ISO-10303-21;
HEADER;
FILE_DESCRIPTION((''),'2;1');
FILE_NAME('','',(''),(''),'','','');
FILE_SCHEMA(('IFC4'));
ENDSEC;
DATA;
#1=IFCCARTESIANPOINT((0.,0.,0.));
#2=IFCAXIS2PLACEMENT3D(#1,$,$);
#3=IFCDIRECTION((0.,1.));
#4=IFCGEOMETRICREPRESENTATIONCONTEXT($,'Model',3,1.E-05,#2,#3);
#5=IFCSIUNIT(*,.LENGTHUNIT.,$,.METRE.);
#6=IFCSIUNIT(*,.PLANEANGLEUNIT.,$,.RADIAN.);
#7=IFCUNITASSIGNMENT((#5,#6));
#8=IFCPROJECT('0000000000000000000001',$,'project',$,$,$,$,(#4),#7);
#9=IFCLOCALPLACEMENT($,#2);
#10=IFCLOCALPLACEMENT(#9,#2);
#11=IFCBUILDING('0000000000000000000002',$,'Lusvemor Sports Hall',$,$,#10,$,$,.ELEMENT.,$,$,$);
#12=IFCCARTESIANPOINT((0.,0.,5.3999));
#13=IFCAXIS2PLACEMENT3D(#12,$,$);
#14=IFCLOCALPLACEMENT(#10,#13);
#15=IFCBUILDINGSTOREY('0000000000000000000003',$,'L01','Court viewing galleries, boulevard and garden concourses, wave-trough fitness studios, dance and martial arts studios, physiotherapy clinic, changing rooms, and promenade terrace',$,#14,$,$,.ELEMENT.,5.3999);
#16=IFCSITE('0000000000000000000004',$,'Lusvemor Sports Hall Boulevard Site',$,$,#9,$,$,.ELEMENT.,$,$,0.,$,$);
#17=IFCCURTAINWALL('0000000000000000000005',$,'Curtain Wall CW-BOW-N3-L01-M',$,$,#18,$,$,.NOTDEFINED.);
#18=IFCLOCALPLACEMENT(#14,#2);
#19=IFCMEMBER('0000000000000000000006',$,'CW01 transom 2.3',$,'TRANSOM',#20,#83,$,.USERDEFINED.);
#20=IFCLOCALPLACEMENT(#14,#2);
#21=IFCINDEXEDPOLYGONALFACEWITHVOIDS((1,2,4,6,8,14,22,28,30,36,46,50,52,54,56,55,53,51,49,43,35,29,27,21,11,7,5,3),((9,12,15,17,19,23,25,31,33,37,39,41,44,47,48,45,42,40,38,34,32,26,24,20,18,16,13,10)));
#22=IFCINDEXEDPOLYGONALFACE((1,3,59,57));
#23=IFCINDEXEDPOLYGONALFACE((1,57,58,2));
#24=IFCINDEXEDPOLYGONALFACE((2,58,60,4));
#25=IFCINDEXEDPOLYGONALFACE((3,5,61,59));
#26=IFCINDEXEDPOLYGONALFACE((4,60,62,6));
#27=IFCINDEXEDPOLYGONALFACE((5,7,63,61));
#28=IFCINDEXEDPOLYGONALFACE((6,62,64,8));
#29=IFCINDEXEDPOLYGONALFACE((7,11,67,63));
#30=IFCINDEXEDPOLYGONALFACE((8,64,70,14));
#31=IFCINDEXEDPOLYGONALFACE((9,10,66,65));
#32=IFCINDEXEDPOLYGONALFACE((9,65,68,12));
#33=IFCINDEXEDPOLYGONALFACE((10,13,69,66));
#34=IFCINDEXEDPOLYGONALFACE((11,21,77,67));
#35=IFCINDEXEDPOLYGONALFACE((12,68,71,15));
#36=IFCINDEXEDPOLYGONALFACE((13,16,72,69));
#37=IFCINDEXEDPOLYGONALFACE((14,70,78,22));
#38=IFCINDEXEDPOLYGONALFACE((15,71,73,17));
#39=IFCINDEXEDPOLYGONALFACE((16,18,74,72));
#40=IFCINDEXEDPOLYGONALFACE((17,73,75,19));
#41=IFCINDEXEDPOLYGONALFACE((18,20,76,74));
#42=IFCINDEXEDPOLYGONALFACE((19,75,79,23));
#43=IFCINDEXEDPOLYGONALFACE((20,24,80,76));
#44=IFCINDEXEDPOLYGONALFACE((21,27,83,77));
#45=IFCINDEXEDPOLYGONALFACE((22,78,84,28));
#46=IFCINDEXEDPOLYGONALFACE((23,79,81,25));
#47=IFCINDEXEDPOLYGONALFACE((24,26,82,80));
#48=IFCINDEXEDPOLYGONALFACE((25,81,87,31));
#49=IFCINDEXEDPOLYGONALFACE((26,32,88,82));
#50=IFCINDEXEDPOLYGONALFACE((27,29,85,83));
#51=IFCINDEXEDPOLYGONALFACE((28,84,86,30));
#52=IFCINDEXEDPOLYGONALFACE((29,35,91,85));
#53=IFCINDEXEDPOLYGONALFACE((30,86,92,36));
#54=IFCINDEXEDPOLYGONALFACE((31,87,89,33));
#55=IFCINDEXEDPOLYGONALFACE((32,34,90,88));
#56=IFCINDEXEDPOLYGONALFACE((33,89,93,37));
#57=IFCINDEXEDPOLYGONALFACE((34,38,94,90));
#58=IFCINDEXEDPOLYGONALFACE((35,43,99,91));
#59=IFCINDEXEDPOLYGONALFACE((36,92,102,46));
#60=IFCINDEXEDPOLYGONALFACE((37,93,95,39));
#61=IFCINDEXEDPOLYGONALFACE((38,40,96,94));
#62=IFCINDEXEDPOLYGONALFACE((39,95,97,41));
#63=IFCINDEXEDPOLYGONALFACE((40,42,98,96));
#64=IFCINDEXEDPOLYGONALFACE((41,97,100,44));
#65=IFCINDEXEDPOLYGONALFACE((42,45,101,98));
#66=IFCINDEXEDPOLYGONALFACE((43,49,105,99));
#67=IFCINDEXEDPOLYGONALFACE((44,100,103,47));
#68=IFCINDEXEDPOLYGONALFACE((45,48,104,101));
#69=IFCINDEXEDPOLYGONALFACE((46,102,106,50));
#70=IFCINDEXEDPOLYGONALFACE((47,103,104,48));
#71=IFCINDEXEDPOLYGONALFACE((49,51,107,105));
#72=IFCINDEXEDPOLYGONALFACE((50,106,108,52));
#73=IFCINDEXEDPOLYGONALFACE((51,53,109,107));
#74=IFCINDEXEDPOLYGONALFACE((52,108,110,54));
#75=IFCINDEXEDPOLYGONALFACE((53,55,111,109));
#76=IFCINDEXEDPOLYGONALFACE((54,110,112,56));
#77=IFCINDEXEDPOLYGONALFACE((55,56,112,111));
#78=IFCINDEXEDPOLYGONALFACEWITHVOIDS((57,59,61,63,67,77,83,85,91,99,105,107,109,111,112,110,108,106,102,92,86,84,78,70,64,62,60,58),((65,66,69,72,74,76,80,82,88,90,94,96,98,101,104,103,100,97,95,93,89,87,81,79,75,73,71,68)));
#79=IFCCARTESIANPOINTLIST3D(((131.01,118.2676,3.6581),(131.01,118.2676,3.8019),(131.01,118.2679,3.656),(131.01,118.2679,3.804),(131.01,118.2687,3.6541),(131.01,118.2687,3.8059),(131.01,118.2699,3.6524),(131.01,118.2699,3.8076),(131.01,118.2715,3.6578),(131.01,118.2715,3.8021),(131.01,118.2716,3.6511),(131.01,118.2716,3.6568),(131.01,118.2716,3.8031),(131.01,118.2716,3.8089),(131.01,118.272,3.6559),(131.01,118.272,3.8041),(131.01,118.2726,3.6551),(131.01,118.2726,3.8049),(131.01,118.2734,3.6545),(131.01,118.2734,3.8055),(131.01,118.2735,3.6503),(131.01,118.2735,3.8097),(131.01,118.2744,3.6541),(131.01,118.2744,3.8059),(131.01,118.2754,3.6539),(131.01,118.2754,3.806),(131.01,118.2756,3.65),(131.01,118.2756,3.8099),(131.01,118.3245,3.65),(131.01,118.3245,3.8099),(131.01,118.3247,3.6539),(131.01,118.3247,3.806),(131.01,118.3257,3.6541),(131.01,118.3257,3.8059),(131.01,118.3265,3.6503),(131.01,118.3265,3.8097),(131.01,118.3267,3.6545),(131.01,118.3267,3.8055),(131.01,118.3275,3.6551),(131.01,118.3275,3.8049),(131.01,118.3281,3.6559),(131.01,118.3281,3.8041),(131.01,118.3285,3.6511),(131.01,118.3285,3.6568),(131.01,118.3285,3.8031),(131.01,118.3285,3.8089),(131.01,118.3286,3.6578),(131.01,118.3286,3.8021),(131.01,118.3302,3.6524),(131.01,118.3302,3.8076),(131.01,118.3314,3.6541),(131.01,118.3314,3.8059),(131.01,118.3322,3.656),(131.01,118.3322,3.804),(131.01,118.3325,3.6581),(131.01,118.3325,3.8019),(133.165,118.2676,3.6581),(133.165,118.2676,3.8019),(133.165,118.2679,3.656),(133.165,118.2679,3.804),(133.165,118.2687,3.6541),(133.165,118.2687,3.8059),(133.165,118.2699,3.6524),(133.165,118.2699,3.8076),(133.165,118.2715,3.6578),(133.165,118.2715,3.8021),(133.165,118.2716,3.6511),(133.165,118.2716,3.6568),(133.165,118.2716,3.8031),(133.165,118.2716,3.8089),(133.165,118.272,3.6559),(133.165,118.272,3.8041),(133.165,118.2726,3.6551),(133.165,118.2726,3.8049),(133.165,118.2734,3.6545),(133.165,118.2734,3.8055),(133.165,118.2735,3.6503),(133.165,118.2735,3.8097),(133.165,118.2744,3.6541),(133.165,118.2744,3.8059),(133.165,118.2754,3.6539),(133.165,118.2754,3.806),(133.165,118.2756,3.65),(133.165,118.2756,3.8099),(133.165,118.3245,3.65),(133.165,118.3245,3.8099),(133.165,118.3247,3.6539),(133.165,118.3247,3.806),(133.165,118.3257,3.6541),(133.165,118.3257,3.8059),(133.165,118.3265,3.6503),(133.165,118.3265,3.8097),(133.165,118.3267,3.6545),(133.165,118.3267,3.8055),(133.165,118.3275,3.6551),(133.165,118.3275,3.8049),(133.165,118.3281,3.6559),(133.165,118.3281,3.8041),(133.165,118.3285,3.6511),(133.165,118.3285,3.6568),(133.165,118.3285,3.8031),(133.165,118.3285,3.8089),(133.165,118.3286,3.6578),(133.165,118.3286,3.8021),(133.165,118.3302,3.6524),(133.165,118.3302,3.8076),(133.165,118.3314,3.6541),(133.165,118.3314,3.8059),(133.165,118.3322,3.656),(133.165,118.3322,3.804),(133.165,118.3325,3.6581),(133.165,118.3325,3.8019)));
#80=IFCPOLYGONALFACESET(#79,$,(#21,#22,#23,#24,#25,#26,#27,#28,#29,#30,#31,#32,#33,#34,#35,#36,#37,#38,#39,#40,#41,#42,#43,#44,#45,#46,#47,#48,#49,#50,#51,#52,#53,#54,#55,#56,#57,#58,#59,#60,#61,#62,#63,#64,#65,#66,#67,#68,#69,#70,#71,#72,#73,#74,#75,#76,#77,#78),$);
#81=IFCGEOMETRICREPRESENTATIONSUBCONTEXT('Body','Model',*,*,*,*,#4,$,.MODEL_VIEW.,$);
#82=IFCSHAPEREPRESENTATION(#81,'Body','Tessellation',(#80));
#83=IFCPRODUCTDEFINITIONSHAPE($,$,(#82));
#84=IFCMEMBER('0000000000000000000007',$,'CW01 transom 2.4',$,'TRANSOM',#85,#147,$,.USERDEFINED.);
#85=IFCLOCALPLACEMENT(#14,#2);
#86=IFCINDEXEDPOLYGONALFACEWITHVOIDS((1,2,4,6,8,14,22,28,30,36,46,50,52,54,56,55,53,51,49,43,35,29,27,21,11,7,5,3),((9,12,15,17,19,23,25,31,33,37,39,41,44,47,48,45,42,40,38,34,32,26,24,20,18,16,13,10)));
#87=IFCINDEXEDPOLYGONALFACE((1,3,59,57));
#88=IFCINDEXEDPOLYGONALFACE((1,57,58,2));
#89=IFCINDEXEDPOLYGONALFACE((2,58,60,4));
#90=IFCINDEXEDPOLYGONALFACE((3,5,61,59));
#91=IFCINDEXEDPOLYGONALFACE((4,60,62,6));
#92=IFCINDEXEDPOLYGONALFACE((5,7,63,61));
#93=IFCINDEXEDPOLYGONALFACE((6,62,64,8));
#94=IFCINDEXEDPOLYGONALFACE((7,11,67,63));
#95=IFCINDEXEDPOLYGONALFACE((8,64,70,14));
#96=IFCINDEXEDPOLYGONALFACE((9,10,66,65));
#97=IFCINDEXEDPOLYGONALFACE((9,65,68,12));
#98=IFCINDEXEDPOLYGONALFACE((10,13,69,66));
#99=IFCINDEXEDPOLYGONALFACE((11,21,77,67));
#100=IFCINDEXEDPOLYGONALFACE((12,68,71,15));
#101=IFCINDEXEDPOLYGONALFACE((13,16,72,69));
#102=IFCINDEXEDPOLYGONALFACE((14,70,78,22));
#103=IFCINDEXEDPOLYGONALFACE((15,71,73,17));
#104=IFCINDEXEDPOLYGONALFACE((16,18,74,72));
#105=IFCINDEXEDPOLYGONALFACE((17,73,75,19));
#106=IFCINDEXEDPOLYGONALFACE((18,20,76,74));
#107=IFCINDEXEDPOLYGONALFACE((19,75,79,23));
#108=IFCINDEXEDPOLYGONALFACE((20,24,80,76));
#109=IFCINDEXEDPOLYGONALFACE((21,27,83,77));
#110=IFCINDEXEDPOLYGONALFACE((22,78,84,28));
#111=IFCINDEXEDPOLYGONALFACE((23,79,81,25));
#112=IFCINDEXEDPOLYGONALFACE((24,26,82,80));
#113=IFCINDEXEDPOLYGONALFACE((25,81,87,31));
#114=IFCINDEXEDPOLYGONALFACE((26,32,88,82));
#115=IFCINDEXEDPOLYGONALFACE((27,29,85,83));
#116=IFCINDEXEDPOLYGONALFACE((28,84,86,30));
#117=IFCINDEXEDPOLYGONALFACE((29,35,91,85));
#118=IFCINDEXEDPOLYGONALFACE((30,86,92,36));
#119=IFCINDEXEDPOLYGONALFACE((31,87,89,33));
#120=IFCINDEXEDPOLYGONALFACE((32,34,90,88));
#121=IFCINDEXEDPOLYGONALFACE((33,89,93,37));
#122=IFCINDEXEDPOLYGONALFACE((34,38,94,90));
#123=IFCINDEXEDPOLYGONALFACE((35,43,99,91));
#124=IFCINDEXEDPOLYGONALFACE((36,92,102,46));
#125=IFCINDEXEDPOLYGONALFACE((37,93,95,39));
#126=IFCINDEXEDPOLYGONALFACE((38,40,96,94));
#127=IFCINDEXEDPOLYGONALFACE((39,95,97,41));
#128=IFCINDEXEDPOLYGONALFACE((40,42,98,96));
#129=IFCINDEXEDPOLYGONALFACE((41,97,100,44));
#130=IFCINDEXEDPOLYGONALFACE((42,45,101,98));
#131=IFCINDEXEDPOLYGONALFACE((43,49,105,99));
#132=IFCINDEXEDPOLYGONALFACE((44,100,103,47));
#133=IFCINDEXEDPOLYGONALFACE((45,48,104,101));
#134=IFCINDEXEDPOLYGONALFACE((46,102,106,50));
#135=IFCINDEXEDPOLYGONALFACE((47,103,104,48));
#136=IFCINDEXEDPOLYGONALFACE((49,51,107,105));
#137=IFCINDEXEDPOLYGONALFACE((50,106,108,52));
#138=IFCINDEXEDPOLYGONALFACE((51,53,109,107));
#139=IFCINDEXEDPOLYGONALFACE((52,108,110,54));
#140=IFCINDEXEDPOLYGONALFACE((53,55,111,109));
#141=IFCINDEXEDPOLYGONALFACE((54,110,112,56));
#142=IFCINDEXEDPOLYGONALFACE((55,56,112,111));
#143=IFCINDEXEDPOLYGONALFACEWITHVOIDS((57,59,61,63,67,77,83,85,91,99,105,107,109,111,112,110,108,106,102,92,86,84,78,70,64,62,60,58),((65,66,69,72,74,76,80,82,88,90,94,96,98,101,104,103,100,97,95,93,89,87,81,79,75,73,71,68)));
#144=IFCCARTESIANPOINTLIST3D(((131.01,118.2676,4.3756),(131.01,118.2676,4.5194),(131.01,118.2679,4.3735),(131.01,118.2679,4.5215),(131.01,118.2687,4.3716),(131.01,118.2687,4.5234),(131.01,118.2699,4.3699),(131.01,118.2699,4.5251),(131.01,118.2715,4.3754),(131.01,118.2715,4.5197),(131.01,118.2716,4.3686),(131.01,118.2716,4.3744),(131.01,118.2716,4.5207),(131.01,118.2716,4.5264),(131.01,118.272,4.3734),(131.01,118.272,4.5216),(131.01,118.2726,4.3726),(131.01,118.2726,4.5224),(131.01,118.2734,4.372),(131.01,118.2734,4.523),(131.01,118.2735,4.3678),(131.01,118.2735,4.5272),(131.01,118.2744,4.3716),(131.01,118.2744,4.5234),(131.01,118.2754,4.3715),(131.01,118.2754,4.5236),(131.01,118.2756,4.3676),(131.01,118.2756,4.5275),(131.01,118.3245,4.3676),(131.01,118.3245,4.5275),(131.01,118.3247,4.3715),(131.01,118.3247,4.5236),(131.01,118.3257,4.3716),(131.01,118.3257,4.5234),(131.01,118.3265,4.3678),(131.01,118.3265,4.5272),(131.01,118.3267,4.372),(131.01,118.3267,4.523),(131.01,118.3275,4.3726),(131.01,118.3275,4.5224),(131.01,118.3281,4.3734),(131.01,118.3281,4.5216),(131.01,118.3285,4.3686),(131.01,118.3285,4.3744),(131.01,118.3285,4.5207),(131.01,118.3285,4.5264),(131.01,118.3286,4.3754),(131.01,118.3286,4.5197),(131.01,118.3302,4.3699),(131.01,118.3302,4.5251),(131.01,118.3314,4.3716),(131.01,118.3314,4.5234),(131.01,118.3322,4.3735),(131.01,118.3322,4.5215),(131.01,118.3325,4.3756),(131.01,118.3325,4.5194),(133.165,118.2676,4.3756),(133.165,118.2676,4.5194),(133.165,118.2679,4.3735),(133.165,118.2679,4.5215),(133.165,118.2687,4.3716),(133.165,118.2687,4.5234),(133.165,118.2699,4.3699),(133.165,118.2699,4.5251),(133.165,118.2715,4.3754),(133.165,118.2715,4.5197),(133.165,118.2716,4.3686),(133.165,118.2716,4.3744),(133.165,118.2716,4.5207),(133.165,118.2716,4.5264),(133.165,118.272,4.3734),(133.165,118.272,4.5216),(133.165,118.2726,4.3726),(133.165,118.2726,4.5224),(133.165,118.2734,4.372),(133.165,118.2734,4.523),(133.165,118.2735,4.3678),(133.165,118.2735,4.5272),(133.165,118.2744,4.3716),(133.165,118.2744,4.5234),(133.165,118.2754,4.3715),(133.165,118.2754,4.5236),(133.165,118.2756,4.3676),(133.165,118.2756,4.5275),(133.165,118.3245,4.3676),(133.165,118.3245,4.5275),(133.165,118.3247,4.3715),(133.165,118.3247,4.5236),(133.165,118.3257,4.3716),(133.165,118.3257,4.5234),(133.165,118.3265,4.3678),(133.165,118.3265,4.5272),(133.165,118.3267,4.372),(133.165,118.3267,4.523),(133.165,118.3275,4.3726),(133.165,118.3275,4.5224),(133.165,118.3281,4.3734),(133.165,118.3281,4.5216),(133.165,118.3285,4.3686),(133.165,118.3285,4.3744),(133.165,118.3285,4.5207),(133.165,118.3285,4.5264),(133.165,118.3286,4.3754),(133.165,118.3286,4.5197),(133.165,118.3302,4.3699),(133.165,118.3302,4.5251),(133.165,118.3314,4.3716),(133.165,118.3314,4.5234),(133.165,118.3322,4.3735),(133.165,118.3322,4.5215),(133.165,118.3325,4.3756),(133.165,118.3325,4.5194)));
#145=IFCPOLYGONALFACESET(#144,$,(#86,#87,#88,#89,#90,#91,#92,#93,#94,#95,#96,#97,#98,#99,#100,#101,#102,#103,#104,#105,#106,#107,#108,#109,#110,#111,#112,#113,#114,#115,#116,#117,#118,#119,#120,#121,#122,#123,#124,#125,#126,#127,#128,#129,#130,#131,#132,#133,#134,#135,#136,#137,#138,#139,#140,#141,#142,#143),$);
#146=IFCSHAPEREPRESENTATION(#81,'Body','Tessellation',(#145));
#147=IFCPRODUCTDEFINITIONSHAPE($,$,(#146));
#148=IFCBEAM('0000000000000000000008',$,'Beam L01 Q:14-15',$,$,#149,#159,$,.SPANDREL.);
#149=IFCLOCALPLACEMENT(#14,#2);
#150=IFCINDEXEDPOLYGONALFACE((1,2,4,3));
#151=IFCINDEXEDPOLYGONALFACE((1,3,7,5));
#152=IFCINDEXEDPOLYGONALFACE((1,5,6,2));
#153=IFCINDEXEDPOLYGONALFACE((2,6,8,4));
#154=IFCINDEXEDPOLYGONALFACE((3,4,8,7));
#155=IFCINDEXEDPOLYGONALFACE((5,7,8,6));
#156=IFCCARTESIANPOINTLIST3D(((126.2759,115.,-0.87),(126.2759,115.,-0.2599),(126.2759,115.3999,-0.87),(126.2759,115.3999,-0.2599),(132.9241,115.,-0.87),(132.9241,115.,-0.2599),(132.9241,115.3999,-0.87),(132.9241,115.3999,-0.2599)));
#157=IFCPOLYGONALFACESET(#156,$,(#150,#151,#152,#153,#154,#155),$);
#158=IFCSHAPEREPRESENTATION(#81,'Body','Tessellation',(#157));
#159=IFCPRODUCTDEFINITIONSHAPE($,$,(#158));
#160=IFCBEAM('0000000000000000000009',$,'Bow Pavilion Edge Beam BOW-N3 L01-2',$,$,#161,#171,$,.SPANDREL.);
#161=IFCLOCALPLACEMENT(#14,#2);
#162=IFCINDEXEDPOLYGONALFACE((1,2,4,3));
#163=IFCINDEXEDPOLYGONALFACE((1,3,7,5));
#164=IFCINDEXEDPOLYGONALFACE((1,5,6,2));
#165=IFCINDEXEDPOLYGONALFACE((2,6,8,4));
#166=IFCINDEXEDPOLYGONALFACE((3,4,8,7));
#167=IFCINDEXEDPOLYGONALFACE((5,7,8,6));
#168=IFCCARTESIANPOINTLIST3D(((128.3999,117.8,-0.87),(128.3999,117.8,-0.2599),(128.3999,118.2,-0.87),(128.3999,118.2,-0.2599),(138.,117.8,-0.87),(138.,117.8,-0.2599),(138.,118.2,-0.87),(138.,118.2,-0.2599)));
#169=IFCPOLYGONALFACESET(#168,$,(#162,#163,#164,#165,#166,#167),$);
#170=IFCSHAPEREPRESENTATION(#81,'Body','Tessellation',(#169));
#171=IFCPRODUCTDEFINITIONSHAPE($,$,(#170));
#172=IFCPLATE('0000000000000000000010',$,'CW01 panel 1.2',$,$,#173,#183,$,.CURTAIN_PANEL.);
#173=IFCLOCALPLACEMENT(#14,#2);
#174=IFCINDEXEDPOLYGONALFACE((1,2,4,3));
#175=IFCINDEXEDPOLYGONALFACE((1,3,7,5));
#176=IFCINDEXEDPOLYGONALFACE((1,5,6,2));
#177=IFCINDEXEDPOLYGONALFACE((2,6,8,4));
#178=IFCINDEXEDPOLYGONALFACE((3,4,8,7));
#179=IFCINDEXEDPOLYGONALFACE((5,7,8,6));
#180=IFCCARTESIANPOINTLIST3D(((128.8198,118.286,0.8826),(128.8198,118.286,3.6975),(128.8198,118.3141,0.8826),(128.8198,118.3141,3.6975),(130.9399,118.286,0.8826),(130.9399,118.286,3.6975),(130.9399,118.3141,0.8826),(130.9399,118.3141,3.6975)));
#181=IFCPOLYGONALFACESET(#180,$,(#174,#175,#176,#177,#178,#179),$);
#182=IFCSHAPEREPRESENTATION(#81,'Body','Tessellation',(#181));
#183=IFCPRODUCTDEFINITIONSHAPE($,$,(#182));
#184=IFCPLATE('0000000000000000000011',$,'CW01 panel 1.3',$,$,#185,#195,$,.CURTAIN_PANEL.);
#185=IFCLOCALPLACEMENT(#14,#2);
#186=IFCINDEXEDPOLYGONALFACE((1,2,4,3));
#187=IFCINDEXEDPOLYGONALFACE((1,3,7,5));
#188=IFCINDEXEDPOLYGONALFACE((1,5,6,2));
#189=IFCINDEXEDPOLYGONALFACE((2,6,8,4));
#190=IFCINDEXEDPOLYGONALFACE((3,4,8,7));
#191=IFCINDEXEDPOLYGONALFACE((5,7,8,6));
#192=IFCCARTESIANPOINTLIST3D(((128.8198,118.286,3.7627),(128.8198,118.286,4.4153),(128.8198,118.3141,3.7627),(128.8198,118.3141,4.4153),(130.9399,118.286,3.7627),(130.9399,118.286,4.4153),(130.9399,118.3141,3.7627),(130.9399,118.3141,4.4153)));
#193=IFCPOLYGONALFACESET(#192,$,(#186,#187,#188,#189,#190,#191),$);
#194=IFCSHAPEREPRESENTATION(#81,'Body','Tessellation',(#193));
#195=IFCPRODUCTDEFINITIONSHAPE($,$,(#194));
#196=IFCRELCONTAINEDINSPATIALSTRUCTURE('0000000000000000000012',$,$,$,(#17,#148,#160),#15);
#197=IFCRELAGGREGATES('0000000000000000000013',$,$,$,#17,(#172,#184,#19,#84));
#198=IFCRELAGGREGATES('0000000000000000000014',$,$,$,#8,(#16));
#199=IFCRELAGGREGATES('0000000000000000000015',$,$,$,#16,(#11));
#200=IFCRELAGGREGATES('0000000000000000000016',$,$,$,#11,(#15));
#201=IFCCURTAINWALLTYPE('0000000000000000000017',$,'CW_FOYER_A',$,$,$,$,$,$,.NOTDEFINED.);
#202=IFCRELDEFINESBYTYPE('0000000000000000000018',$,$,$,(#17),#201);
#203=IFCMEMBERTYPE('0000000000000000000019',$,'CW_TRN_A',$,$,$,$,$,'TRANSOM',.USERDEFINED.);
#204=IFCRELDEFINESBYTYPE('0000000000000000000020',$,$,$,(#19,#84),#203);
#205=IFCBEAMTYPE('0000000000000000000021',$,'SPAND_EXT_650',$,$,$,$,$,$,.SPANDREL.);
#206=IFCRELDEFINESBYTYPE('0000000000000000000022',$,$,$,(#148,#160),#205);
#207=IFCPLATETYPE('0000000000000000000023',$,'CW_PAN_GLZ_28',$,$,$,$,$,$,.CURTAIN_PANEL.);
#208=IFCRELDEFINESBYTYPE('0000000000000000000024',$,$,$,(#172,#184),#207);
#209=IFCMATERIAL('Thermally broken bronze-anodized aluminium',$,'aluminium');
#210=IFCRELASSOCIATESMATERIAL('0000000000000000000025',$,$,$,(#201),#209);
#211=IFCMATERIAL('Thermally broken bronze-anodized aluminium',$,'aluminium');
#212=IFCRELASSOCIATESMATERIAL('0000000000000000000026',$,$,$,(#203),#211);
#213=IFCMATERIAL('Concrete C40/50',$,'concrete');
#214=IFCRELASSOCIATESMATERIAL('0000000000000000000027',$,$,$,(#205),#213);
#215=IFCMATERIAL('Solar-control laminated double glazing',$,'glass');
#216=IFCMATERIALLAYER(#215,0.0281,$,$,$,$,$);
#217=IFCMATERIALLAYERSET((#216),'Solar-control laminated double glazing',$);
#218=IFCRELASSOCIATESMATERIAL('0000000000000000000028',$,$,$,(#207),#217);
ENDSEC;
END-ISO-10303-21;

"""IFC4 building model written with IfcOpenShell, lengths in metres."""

from ifc_helpers import new_model, si_unit, direction, frame, origin, origin_2d, place, context, subcontext, project, spatial, rectangle, hollow_rectangle, extrude, material, layer, layer_set, material_profile, profile_set, type_object, element, aggregate, save


model = new_model("IFC4")

# Units and contexts
model_context = context("Model", 3, precision=1e-05, world=origin(), true_north=direction((0.0, 1.0)))
body_context = subcontext(model_context, "Body", "Model", "MODEL_VIEW")
ifc_project = project(units=[si_unit("LENGTHUNIT", "METRE"), si_unit("PLANEANGLEUNIT", "RADIAN")], contexts=[model_context])

# Site, building, storey
site_placement = place(None, origin())
site = spatial("IfcSite", under=ifc_project, at=site_placement, Name="Lusvemor Sports Hall Boulevard Site", CompositionType="ELEMENT", RefElevation=0.0)
building_placement = place(site_placement, origin())
building = spatial("IfcBuilding", under=site, at=building_placement, Name="Lusvemor Sports Hall", CompositionType="ELEMENT")
storey_placement = place(building_placement, frame((0.0, 0.0, 5.3999)))
storey = spatial("IfcBuildingStorey", under=building, at=storey_placement, Name="L01", Description="Court viewing galleries, boulevard and garden concourses, wave-trough fitness studios, dance and martial arts studios, physiotherapy clinic, changing rooms, and promenade terrace", CompositionType="ELEMENT", Elevation=5.3999)

# Curtain wall, members
ifc_material_1 = material(Name="Thermally broken bronze-anodized aluminium", Category="aluminium")
curtain_wall_type = type_object("IfcCurtainWallType", Name="CW_FOYER_A", PredefinedType="NOTDEFINED", material=ifc_material_1)
curtain_wall_placement = place(storey_placement, origin())
curtain_wall = element("IfcCurtainWall", 1, at=curtain_wall_placement, inside=storey, type_object=curtain_wall_type, Name="Curtain Wall CW-BOW-N3-L01-M", PredefinedType="NOTDEFINED")
ifc_material_2 = material(Name="Thermally broken bronze-anodized aluminium", Category="aluminium")
ifc_material_profile_1 = material_profile(ifc_material_2, hollow_rectangle(XDim=0.0649, YDim=0.1599, WallThickness=0.0039, InnerFilletRadius=0.0039, OuterFilletRadius=0.0081, at=origin_2d()), Name="CWTRN160x65x4")
ifc_profile_set_1 = profile_set([ifc_material_profile_1], Name="Thermally broken bronze-anodized aluminium")
member_type_1 = type_object("IfcMemberType", Name="CW_TRN_A", ElementType="TRANSOM", PredefinedType="USERDEFINED", material=ifc_profile_set_1)
member_1_placement = place(storey_placement, frame((131.01, 118.3, 3.73), z_axis=(1.0, 0.0, 0.0), x_axis=(0.0, 1.0, 0.0)))
member_1 = element("IfcMember", 2, at=member_1_placement, type_object=member_type_1, Name="CW01 transom 2.3", ObjectType="TRANSOM", PredefinedType="USERDEFINED", context=body_context, shape_type="SweptSolid", body=[
    extrude(hollow_rectangle(XDim=0.0649, YDim=0.1599, WallThickness=0.0039, InnerFilletRadius=0.0039, OuterFilletRadius=0.0081, at=origin_2d()), origin(), (0.0, 0.0, 1.0), 2.155),
])
member_2_placement = place(storey_placement, frame((131.01, 118.3, 4.4475), z_axis=(1.0, 0.0, 0.0), x_axis=(0.0, 1.0, 0.0)))
member_2 = element("IfcMember", 3, at=member_2_placement, type_object=member_type_1, Name="CW01 transom 2.4", ObjectType="TRANSOM", PredefinedType="USERDEFINED", context=body_context, shape_type="SweptSolid", body=[
    extrude(hollow_rectangle(XDim=0.0649, YDim=0.1599, WallThickness=0.0039, InnerFilletRadius=0.0039, OuterFilletRadius=0.0081, at=origin_2d()), origin(), (0.0, 0.0, 1.0), 2.155),
])

# Beams
ifc_material_3 = material(Name="Concrete C40/50", Category="concrete")
ifc_material_profile_2 = material_profile(ifc_material_3, rectangle(XDim=0.3999, YDim=0.6101, at=origin_2d()), Name="RC400x610")
ifc_profile_set_2 = profile_set([ifc_material_profile_2], Name="Concrete C40/50")
beam_type = type_object("IfcBeamType", Name="SPAND_EXT_650", PredefinedType="SPANDREL", material=ifc_profile_set_2)
beam_1_placement = place(storey_placement, frame((126.2759, 115.2, -0.5649), z_axis=(1.0, 0.0, 0.0), x_axis=(0.0, 1.0, 0.0)))
element("IfcBeam", 4, at=beam_1_placement, inside=storey, type_object=beam_type, Name="Beam L01 Q:14-15", PredefinedType="SPANDREL", context=body_context, shape_type="SweptSolid", body=[
    extrude(rectangle(XDim=0.3999, YDim=0.6101, at=origin_2d()), origin(), (0.0, 0.0, 1.0), 6.6482),
])
beam_2_placement = place(storey_placement, frame((128.3999, 118.0, -0.5649), z_axis=(1.0, 0.0, 0.0), x_axis=(0.0, 1.0, 0.0)))
element("IfcBeam", 5, at=beam_2_placement, inside=storey, type_object=beam_type, Name="Bow Pavilion Edge Beam BOW-N3 L01-2", PredefinedType="SPANDREL", context=body_context, shape_type="SweptSolid", body=[
    extrude(rectangle(XDim=0.3999, YDim=0.6101, at=origin_2d()), origin(), (0.0, 0.0, 1.0), 9.6001),
])

# Plates
ifc_material_4 = material(Name="Solar-control laminated double glazing", Category="glass")
ifc_layer_1 = layer(ifc_material_4, 0.0281)
ifc_layer_set_1 = layer_set([ifc_layer_1], Name="Solar-control laminated double glazing")
plate_type_1 = type_object("IfcPlateType", Name="CW_PAN_GLZ_28", PredefinedType="CURTAIN_PANEL", material=ifc_layer_set_1)
plate_1_placement = place(storey_placement, frame((129.8799, 118.3, 0.8826), z_axis=(0.0, 0.0, 1.0), x_axis=(1.0, 0.0, 0.0)))
plate_1 = element("IfcPlate", 6, at=plate_1_placement, type_object=plate_type_1, Name="CW01 panel 1.2", PredefinedType="CURTAIN_PANEL", context=body_context, shape_type="SweptSolid", body=[
    extrude(rectangle(XDim=2.1201, YDim=0.0281, at=origin_2d()), origin(), (0.0, 0.0, 1.0), 2.8149),
])
plate_2_placement = place(storey_placement, frame((129.8799, 118.3, 3.7627), z_axis=(0.0, 0.0, 1.0), x_axis=(1.0, 0.0, 0.0)))
plate_2 = element("IfcPlate", 7, at=plate_2_placement, type_object=plate_type_1, Name="CW01 panel 1.3", PredefinedType="CURTAIN_PANEL", context=body_context, shape_type="SweptSolid", body=[
    extrude(rectangle(XDim=2.1201, YDim=0.0281, at=origin_2d()), origin(), (0.0, 0.0, 1.0), 0.6526),
])
aggregate(curtain_wall, [plate_1, plate_2, member_1, member_2])

save(model, "model.ifc")
